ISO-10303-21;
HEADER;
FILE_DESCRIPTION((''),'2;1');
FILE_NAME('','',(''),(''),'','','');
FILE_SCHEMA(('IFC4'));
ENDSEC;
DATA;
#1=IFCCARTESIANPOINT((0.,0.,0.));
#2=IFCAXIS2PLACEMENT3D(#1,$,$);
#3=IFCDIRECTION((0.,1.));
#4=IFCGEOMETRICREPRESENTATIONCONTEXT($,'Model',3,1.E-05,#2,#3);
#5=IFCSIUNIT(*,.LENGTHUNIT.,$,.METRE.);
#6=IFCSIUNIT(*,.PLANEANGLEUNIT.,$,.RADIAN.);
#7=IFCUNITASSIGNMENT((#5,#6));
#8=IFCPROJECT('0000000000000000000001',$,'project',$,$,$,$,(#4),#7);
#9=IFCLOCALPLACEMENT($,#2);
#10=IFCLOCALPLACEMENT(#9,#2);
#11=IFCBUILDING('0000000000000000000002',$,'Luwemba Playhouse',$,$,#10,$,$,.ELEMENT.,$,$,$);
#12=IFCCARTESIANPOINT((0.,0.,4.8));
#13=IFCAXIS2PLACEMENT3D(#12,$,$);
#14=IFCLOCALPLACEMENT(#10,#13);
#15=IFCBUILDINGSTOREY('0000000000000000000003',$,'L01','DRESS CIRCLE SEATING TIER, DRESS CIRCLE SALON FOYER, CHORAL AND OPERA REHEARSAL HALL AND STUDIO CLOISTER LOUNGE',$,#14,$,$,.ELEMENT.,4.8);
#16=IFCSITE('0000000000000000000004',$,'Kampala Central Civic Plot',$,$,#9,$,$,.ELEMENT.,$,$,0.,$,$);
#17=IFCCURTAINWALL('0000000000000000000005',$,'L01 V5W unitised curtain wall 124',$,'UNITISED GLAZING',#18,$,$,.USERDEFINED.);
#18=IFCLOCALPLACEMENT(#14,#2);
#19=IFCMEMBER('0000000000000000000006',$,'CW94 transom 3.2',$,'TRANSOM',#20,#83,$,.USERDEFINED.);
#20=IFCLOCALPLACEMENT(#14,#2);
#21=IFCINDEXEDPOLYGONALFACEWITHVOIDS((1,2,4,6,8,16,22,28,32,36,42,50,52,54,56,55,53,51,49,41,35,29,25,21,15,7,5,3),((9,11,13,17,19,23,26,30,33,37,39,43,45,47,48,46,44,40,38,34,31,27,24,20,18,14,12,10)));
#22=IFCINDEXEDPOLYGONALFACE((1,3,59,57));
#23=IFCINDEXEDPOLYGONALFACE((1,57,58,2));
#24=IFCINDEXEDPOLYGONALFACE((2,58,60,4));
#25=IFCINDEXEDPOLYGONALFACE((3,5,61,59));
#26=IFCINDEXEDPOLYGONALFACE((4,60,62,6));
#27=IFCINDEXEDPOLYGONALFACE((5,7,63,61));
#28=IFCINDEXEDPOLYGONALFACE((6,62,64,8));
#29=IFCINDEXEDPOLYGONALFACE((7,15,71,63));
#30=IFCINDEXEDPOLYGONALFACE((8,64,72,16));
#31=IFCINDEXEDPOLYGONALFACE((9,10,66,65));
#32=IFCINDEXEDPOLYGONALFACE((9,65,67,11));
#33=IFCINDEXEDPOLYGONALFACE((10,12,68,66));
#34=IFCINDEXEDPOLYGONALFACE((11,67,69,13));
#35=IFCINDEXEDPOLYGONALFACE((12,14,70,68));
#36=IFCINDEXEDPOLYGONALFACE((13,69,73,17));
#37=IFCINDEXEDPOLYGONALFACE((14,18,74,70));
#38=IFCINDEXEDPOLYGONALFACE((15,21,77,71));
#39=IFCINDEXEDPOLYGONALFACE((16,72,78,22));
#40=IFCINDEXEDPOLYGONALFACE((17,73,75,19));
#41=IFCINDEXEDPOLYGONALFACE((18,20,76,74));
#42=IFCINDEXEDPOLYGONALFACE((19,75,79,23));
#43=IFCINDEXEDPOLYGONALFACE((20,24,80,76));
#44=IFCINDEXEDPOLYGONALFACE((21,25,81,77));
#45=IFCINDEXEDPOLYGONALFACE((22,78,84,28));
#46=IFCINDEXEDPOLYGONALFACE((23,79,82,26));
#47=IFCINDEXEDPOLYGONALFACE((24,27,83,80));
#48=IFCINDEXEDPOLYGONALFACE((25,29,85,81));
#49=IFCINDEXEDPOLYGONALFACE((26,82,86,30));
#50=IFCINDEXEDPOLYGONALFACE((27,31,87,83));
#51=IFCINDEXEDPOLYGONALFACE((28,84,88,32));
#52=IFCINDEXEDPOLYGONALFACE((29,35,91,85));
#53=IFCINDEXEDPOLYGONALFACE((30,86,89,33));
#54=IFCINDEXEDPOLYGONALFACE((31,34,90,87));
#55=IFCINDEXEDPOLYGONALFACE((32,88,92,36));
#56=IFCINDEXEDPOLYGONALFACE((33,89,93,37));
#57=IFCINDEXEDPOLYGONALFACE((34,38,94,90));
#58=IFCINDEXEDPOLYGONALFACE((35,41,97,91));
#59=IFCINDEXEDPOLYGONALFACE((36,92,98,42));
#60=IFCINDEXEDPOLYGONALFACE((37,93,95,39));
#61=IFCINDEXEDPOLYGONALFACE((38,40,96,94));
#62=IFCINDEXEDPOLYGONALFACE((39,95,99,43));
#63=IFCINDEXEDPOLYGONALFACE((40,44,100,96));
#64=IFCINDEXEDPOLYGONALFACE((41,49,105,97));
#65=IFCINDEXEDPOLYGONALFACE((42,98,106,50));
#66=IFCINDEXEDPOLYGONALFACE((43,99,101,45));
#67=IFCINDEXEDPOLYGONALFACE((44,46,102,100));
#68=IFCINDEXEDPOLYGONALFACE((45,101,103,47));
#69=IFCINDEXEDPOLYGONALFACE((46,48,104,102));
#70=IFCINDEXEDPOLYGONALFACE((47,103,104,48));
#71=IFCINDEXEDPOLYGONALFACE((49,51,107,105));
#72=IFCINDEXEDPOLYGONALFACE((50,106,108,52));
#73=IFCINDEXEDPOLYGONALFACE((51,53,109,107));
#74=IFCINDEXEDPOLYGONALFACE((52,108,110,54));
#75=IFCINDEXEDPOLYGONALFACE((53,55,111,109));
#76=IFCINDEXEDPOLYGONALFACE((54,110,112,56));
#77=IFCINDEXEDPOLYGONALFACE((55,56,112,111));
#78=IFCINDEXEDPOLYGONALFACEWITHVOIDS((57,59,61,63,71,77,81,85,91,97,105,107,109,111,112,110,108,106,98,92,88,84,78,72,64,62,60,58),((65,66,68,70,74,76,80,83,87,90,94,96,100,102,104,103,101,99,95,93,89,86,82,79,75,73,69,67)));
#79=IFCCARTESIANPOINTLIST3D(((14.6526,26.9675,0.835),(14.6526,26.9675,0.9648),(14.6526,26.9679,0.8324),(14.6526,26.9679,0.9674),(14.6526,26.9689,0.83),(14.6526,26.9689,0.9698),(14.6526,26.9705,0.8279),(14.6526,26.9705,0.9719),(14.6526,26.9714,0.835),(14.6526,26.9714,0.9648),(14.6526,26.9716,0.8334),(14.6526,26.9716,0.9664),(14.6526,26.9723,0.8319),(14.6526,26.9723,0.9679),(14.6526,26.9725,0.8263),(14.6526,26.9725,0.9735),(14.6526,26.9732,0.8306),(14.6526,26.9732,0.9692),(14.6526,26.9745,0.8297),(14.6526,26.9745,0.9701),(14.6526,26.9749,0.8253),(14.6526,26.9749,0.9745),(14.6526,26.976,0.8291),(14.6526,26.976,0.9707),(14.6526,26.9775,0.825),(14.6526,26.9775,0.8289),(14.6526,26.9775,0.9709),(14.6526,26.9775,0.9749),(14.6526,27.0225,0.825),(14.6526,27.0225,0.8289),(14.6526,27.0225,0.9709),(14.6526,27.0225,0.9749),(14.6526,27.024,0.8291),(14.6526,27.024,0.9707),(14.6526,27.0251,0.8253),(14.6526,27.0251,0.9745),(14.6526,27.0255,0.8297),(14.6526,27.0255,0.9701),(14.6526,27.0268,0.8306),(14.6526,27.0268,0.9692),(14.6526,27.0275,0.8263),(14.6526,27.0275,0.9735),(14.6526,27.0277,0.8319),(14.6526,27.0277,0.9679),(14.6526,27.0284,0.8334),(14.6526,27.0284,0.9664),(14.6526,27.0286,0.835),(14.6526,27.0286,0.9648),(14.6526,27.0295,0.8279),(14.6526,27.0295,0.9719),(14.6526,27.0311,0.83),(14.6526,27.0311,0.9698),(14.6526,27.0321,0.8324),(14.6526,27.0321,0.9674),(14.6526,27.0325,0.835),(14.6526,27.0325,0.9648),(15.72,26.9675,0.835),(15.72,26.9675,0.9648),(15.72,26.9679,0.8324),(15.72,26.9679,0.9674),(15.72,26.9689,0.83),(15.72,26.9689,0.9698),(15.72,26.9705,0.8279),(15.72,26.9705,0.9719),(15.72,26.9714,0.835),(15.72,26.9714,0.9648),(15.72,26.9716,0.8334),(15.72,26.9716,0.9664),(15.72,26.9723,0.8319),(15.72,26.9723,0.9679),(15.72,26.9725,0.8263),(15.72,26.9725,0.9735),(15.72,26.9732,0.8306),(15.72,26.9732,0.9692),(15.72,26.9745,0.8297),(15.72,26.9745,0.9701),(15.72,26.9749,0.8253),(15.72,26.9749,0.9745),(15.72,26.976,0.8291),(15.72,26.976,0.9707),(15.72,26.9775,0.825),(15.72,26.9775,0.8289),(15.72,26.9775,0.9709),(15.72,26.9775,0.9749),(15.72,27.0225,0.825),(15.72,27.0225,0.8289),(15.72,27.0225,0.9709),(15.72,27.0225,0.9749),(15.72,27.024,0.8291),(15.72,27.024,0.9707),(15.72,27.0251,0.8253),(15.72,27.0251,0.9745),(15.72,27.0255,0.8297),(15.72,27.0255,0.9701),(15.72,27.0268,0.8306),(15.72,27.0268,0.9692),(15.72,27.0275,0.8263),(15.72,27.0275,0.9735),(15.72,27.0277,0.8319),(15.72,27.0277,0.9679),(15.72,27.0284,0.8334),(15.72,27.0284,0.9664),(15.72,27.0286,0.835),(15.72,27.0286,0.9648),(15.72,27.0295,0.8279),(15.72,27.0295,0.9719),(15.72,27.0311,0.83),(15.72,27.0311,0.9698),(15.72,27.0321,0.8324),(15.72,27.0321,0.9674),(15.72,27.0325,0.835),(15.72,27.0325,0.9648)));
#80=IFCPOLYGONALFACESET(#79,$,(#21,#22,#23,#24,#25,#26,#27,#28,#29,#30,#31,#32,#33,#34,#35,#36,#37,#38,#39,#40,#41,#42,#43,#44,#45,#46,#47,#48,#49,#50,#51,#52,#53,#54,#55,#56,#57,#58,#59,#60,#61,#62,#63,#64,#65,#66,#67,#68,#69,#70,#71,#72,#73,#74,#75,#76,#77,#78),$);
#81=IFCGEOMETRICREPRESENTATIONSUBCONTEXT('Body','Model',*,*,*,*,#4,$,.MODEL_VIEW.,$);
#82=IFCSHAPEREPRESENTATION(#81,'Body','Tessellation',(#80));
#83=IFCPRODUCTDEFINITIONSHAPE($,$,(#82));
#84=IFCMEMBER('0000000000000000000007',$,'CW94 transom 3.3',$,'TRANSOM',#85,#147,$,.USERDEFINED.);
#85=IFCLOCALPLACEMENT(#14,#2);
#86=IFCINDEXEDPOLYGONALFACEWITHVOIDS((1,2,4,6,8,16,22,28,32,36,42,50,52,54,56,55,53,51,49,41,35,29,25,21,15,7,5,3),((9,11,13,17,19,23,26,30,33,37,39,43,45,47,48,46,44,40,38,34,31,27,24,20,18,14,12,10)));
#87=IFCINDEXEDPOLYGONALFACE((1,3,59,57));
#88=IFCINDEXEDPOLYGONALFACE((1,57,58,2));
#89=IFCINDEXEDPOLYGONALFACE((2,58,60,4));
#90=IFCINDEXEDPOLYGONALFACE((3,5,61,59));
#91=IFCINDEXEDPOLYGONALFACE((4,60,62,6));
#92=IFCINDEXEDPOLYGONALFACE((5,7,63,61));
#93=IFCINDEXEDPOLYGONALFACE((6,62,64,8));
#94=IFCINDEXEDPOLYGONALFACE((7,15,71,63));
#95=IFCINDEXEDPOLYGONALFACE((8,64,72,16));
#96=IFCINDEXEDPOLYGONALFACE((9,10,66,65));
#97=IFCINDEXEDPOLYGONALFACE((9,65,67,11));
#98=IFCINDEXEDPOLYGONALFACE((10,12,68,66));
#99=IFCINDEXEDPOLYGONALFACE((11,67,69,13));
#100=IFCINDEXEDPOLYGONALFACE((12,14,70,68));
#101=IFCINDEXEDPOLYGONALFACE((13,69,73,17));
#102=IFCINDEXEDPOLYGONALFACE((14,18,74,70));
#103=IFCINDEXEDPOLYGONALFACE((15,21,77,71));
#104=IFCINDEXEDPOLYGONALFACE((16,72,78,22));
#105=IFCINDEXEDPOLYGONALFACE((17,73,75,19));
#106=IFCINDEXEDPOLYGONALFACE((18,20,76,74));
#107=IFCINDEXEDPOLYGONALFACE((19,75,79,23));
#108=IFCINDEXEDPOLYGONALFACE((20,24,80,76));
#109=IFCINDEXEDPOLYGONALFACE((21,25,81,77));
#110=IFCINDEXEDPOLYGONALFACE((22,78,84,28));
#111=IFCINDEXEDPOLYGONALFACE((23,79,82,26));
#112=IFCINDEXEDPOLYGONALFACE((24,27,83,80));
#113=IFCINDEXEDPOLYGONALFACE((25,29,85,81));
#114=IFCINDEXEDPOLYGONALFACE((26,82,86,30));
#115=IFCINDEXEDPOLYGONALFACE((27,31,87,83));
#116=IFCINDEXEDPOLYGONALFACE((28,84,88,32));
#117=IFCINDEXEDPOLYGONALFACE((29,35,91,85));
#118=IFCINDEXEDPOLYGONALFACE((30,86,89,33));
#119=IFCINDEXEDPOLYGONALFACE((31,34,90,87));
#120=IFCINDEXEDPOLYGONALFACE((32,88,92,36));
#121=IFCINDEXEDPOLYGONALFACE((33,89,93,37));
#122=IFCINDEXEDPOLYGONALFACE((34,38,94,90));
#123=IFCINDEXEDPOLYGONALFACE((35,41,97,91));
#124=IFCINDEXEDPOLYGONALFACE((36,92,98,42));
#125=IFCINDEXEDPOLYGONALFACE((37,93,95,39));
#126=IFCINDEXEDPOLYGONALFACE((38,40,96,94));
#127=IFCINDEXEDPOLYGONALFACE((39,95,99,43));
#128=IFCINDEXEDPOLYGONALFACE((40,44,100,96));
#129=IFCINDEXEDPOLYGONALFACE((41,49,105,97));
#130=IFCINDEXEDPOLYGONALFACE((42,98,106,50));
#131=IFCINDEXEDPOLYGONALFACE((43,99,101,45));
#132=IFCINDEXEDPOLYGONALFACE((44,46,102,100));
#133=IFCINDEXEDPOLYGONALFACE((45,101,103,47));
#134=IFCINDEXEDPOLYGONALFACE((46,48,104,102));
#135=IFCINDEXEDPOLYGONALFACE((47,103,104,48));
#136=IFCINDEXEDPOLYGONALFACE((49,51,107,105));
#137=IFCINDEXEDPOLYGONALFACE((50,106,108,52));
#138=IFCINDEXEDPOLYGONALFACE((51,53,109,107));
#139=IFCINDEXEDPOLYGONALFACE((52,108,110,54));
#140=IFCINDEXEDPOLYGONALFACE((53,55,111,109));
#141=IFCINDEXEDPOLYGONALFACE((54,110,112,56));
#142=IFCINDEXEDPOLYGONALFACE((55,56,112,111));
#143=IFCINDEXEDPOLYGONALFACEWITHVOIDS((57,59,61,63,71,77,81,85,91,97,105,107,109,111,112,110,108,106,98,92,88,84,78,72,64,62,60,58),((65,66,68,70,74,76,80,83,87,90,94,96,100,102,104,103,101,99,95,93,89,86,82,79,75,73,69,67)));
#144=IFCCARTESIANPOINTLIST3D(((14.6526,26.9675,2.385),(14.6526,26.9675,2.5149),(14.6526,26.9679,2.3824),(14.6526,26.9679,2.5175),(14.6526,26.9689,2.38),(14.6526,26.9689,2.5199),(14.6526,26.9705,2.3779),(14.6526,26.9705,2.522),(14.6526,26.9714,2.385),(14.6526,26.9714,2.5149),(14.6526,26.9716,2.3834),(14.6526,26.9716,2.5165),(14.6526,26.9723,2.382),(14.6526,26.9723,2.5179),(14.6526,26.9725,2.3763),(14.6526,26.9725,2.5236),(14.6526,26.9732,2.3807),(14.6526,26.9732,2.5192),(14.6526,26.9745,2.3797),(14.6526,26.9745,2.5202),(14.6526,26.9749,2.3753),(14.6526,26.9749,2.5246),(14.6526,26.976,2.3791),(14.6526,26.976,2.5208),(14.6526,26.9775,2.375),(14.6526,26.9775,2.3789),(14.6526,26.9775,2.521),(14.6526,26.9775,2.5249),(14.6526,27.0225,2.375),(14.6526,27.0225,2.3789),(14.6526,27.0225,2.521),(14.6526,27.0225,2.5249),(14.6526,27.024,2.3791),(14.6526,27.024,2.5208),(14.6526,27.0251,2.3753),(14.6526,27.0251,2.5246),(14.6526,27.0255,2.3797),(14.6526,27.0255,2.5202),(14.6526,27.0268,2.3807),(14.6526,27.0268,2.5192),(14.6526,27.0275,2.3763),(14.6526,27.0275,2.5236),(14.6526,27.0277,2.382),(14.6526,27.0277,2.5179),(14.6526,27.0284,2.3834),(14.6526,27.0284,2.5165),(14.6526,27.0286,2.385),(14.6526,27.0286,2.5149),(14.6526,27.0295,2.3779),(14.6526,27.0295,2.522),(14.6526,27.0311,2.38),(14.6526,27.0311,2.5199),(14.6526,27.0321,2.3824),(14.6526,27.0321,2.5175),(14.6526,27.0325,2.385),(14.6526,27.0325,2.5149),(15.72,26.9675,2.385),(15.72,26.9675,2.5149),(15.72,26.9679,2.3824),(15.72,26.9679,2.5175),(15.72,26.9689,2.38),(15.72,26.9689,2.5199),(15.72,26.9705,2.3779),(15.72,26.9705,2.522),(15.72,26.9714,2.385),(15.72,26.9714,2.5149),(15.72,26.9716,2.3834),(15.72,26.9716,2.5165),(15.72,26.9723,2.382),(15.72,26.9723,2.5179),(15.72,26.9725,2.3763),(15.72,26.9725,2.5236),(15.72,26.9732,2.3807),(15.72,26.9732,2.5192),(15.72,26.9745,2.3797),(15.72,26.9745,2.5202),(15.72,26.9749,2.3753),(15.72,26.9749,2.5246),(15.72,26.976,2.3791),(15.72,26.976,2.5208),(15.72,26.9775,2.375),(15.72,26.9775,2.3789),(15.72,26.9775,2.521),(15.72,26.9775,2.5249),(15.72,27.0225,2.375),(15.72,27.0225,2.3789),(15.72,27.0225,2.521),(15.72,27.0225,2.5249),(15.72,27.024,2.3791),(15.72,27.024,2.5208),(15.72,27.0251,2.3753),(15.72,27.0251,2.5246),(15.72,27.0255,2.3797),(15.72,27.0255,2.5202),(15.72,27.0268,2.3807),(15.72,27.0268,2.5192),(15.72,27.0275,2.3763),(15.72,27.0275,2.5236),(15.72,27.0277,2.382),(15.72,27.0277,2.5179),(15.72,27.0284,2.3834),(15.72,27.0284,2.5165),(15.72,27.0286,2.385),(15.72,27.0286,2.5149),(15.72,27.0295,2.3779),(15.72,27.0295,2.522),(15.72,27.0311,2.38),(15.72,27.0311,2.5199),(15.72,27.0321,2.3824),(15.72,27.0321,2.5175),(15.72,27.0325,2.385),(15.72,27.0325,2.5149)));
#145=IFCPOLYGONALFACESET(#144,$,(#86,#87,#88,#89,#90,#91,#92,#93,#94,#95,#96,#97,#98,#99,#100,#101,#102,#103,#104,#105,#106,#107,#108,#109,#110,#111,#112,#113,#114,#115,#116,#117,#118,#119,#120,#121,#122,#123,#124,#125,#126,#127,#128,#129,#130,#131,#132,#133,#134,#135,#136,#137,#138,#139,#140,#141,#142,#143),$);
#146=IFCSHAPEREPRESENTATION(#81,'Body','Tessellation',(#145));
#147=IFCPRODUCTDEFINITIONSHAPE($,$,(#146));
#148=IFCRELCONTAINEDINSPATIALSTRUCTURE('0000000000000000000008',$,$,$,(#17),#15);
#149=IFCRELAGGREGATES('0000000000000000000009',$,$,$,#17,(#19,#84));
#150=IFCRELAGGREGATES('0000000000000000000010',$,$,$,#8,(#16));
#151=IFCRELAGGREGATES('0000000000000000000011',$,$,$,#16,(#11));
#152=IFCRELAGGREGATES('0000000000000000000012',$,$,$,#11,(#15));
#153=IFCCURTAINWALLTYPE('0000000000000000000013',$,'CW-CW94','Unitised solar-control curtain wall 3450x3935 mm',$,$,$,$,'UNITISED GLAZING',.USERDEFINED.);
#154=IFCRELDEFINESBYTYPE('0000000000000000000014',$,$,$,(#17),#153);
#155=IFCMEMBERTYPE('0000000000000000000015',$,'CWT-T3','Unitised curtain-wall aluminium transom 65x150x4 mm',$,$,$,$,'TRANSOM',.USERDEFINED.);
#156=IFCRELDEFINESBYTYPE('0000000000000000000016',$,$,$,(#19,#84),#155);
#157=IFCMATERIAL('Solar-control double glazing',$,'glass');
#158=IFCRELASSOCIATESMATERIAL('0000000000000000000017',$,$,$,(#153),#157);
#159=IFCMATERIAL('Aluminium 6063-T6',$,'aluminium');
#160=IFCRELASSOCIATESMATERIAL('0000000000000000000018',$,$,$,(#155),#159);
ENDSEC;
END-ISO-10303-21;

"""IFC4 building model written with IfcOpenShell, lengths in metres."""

from ifc_helpers import new_model, si_unit, direction, frame, origin, origin_2d, place, context, subcontext, project, spatial, hollow_rectangle, extrude, material, material_profile, profile_set, type_object, element, aggregate, save


model = new_model("IFC4")

# Units and contexts
model_context = context("Model", 3, precision=1e-05, world=origin(), true_north=direction((0.0, 1.0)))
body_context = subcontext(model_context, "Body", "Model", "MODEL_VIEW")
ifc_project = project(units=[si_unit("LENGTHUNIT", "METRE"), si_unit("PLANEANGLEUNIT", "RADIAN")], contexts=[model_context])

# Site, building, storey
site_placement = place(None, origin())
site = spatial("IfcSite", under=ifc_project, at=site_placement, Name="Kampala Central Civic Plot", CompositionType="ELEMENT", RefElevation=0.0)
building_placement = place(site_placement, origin())
building = spatial("IfcBuilding", under=site, at=building_placement, Name="Luwemba Playhouse", CompositionType="ELEMENT")
storey_placement = place(building_placement, frame((0.0, 0.0, 4.8)))
storey = spatial("IfcBuildingStorey", under=building, at=storey_placement, Name="L01", Description="DRESS CIRCLE SEATING TIER, DRESS CIRCLE SALON FOYER, CHORAL AND OPERA REHEARSAL HALL AND STUDIO CLOISTER LOUNGE", CompositionType="ELEMENT", Elevation=4.8)

# Shared definitions
ifc_material_1 = material(Name="Solar-control double glazing", Category="glass")
ifc_material_2 = material(Name="Aluminium 6063-T6", Category="aluminium")

# Curtain wall, members
curtain_wall_type_1 = type_object("IfcCurtainWallType", Name="CW-CW94", Description="Unitised solar-control curtain wall 3450x3935 mm", ElementType="UNITISED GLAZING", PredefinedType="USERDEFINED", material=ifc_material_1)
curtain_wall_1_placement = place(storey_placement, origin())
curtain_wall_1 = element("IfcCurtainWall", 1, at=curtain_wall_1_placement, inside=storey, type_object=curtain_wall_type_1, Name="L01 V5W unitised curtain wall 124", ObjectType="UNITISED GLAZING", PredefinedType="USERDEFINED")
ifc_material_profile_1 = material_profile(ifc_material_2, hollow_rectangle(XDim=0.0649, YDim=0.1499, WallThickness=0.0039, InnerFilletRadius=0.0061, OuterFilletRadius=0.01, at=origin_2d()))
ifc_profile_set_1 = profile_set([ifc_material_profile_1], Name="Aluminium 6063-T6")
member_type_1 = type_object("IfcMemberType", Name="CWT-T3", Description="Unitised curtain-wall aluminium transom 65x150x4 mm", ElementType="TRANSOM", PredefinedType="USERDEFINED", material=ifc_profile_set_1)
member_1_placement = place(storey_placement, frame((14.6526, 27.0, 0.8999), z_axis=(1.0, 0.0, 0.0), x_axis=(0.0, 1.0, 0.0)))
member_1 = element("IfcMember", 2, at=member_1_placement, type_object=member_type_1, Name="CW94 transom 3.2", ObjectType="TRANSOM", PredefinedType="USERDEFINED", context=body_context, shape_type="SweptSolid", body=[
    extrude(hollow_rectangle(XDim=0.0649, YDim=0.1499, WallThickness=0.0039, InnerFilletRadius=0.0061, OuterFilletRadius=0.01, at=origin_2d()), origin(), (0.0, 0.0, 1.0), 1.0674),
])
member_2_placement = place(storey_placement, frame((14.6526, 27.0, 2.45), z_axis=(1.0, 0.0, 0.0), x_axis=(0.0, 1.0, 0.0)))
member_2 = element("IfcMember", 3, at=member_2_placement, type_object=member_type_1, Name="CW94 transom 3.3", ObjectType="TRANSOM", PredefinedType="USERDEFINED", context=body_context, shape_type="SweptSolid", body=[
    extrude(hollow_rectangle(XDim=0.0649, YDim=0.1499, WallThickness=0.0039, InnerFilletRadius=0.0061, OuterFilletRadius=0.01, at=origin_2d()), origin(), (0.0, 0.0, 1.0), 1.0674),
])

aggregate(curtain_wall_1, [member_1, member_2])

save(model, "model.ifc")
